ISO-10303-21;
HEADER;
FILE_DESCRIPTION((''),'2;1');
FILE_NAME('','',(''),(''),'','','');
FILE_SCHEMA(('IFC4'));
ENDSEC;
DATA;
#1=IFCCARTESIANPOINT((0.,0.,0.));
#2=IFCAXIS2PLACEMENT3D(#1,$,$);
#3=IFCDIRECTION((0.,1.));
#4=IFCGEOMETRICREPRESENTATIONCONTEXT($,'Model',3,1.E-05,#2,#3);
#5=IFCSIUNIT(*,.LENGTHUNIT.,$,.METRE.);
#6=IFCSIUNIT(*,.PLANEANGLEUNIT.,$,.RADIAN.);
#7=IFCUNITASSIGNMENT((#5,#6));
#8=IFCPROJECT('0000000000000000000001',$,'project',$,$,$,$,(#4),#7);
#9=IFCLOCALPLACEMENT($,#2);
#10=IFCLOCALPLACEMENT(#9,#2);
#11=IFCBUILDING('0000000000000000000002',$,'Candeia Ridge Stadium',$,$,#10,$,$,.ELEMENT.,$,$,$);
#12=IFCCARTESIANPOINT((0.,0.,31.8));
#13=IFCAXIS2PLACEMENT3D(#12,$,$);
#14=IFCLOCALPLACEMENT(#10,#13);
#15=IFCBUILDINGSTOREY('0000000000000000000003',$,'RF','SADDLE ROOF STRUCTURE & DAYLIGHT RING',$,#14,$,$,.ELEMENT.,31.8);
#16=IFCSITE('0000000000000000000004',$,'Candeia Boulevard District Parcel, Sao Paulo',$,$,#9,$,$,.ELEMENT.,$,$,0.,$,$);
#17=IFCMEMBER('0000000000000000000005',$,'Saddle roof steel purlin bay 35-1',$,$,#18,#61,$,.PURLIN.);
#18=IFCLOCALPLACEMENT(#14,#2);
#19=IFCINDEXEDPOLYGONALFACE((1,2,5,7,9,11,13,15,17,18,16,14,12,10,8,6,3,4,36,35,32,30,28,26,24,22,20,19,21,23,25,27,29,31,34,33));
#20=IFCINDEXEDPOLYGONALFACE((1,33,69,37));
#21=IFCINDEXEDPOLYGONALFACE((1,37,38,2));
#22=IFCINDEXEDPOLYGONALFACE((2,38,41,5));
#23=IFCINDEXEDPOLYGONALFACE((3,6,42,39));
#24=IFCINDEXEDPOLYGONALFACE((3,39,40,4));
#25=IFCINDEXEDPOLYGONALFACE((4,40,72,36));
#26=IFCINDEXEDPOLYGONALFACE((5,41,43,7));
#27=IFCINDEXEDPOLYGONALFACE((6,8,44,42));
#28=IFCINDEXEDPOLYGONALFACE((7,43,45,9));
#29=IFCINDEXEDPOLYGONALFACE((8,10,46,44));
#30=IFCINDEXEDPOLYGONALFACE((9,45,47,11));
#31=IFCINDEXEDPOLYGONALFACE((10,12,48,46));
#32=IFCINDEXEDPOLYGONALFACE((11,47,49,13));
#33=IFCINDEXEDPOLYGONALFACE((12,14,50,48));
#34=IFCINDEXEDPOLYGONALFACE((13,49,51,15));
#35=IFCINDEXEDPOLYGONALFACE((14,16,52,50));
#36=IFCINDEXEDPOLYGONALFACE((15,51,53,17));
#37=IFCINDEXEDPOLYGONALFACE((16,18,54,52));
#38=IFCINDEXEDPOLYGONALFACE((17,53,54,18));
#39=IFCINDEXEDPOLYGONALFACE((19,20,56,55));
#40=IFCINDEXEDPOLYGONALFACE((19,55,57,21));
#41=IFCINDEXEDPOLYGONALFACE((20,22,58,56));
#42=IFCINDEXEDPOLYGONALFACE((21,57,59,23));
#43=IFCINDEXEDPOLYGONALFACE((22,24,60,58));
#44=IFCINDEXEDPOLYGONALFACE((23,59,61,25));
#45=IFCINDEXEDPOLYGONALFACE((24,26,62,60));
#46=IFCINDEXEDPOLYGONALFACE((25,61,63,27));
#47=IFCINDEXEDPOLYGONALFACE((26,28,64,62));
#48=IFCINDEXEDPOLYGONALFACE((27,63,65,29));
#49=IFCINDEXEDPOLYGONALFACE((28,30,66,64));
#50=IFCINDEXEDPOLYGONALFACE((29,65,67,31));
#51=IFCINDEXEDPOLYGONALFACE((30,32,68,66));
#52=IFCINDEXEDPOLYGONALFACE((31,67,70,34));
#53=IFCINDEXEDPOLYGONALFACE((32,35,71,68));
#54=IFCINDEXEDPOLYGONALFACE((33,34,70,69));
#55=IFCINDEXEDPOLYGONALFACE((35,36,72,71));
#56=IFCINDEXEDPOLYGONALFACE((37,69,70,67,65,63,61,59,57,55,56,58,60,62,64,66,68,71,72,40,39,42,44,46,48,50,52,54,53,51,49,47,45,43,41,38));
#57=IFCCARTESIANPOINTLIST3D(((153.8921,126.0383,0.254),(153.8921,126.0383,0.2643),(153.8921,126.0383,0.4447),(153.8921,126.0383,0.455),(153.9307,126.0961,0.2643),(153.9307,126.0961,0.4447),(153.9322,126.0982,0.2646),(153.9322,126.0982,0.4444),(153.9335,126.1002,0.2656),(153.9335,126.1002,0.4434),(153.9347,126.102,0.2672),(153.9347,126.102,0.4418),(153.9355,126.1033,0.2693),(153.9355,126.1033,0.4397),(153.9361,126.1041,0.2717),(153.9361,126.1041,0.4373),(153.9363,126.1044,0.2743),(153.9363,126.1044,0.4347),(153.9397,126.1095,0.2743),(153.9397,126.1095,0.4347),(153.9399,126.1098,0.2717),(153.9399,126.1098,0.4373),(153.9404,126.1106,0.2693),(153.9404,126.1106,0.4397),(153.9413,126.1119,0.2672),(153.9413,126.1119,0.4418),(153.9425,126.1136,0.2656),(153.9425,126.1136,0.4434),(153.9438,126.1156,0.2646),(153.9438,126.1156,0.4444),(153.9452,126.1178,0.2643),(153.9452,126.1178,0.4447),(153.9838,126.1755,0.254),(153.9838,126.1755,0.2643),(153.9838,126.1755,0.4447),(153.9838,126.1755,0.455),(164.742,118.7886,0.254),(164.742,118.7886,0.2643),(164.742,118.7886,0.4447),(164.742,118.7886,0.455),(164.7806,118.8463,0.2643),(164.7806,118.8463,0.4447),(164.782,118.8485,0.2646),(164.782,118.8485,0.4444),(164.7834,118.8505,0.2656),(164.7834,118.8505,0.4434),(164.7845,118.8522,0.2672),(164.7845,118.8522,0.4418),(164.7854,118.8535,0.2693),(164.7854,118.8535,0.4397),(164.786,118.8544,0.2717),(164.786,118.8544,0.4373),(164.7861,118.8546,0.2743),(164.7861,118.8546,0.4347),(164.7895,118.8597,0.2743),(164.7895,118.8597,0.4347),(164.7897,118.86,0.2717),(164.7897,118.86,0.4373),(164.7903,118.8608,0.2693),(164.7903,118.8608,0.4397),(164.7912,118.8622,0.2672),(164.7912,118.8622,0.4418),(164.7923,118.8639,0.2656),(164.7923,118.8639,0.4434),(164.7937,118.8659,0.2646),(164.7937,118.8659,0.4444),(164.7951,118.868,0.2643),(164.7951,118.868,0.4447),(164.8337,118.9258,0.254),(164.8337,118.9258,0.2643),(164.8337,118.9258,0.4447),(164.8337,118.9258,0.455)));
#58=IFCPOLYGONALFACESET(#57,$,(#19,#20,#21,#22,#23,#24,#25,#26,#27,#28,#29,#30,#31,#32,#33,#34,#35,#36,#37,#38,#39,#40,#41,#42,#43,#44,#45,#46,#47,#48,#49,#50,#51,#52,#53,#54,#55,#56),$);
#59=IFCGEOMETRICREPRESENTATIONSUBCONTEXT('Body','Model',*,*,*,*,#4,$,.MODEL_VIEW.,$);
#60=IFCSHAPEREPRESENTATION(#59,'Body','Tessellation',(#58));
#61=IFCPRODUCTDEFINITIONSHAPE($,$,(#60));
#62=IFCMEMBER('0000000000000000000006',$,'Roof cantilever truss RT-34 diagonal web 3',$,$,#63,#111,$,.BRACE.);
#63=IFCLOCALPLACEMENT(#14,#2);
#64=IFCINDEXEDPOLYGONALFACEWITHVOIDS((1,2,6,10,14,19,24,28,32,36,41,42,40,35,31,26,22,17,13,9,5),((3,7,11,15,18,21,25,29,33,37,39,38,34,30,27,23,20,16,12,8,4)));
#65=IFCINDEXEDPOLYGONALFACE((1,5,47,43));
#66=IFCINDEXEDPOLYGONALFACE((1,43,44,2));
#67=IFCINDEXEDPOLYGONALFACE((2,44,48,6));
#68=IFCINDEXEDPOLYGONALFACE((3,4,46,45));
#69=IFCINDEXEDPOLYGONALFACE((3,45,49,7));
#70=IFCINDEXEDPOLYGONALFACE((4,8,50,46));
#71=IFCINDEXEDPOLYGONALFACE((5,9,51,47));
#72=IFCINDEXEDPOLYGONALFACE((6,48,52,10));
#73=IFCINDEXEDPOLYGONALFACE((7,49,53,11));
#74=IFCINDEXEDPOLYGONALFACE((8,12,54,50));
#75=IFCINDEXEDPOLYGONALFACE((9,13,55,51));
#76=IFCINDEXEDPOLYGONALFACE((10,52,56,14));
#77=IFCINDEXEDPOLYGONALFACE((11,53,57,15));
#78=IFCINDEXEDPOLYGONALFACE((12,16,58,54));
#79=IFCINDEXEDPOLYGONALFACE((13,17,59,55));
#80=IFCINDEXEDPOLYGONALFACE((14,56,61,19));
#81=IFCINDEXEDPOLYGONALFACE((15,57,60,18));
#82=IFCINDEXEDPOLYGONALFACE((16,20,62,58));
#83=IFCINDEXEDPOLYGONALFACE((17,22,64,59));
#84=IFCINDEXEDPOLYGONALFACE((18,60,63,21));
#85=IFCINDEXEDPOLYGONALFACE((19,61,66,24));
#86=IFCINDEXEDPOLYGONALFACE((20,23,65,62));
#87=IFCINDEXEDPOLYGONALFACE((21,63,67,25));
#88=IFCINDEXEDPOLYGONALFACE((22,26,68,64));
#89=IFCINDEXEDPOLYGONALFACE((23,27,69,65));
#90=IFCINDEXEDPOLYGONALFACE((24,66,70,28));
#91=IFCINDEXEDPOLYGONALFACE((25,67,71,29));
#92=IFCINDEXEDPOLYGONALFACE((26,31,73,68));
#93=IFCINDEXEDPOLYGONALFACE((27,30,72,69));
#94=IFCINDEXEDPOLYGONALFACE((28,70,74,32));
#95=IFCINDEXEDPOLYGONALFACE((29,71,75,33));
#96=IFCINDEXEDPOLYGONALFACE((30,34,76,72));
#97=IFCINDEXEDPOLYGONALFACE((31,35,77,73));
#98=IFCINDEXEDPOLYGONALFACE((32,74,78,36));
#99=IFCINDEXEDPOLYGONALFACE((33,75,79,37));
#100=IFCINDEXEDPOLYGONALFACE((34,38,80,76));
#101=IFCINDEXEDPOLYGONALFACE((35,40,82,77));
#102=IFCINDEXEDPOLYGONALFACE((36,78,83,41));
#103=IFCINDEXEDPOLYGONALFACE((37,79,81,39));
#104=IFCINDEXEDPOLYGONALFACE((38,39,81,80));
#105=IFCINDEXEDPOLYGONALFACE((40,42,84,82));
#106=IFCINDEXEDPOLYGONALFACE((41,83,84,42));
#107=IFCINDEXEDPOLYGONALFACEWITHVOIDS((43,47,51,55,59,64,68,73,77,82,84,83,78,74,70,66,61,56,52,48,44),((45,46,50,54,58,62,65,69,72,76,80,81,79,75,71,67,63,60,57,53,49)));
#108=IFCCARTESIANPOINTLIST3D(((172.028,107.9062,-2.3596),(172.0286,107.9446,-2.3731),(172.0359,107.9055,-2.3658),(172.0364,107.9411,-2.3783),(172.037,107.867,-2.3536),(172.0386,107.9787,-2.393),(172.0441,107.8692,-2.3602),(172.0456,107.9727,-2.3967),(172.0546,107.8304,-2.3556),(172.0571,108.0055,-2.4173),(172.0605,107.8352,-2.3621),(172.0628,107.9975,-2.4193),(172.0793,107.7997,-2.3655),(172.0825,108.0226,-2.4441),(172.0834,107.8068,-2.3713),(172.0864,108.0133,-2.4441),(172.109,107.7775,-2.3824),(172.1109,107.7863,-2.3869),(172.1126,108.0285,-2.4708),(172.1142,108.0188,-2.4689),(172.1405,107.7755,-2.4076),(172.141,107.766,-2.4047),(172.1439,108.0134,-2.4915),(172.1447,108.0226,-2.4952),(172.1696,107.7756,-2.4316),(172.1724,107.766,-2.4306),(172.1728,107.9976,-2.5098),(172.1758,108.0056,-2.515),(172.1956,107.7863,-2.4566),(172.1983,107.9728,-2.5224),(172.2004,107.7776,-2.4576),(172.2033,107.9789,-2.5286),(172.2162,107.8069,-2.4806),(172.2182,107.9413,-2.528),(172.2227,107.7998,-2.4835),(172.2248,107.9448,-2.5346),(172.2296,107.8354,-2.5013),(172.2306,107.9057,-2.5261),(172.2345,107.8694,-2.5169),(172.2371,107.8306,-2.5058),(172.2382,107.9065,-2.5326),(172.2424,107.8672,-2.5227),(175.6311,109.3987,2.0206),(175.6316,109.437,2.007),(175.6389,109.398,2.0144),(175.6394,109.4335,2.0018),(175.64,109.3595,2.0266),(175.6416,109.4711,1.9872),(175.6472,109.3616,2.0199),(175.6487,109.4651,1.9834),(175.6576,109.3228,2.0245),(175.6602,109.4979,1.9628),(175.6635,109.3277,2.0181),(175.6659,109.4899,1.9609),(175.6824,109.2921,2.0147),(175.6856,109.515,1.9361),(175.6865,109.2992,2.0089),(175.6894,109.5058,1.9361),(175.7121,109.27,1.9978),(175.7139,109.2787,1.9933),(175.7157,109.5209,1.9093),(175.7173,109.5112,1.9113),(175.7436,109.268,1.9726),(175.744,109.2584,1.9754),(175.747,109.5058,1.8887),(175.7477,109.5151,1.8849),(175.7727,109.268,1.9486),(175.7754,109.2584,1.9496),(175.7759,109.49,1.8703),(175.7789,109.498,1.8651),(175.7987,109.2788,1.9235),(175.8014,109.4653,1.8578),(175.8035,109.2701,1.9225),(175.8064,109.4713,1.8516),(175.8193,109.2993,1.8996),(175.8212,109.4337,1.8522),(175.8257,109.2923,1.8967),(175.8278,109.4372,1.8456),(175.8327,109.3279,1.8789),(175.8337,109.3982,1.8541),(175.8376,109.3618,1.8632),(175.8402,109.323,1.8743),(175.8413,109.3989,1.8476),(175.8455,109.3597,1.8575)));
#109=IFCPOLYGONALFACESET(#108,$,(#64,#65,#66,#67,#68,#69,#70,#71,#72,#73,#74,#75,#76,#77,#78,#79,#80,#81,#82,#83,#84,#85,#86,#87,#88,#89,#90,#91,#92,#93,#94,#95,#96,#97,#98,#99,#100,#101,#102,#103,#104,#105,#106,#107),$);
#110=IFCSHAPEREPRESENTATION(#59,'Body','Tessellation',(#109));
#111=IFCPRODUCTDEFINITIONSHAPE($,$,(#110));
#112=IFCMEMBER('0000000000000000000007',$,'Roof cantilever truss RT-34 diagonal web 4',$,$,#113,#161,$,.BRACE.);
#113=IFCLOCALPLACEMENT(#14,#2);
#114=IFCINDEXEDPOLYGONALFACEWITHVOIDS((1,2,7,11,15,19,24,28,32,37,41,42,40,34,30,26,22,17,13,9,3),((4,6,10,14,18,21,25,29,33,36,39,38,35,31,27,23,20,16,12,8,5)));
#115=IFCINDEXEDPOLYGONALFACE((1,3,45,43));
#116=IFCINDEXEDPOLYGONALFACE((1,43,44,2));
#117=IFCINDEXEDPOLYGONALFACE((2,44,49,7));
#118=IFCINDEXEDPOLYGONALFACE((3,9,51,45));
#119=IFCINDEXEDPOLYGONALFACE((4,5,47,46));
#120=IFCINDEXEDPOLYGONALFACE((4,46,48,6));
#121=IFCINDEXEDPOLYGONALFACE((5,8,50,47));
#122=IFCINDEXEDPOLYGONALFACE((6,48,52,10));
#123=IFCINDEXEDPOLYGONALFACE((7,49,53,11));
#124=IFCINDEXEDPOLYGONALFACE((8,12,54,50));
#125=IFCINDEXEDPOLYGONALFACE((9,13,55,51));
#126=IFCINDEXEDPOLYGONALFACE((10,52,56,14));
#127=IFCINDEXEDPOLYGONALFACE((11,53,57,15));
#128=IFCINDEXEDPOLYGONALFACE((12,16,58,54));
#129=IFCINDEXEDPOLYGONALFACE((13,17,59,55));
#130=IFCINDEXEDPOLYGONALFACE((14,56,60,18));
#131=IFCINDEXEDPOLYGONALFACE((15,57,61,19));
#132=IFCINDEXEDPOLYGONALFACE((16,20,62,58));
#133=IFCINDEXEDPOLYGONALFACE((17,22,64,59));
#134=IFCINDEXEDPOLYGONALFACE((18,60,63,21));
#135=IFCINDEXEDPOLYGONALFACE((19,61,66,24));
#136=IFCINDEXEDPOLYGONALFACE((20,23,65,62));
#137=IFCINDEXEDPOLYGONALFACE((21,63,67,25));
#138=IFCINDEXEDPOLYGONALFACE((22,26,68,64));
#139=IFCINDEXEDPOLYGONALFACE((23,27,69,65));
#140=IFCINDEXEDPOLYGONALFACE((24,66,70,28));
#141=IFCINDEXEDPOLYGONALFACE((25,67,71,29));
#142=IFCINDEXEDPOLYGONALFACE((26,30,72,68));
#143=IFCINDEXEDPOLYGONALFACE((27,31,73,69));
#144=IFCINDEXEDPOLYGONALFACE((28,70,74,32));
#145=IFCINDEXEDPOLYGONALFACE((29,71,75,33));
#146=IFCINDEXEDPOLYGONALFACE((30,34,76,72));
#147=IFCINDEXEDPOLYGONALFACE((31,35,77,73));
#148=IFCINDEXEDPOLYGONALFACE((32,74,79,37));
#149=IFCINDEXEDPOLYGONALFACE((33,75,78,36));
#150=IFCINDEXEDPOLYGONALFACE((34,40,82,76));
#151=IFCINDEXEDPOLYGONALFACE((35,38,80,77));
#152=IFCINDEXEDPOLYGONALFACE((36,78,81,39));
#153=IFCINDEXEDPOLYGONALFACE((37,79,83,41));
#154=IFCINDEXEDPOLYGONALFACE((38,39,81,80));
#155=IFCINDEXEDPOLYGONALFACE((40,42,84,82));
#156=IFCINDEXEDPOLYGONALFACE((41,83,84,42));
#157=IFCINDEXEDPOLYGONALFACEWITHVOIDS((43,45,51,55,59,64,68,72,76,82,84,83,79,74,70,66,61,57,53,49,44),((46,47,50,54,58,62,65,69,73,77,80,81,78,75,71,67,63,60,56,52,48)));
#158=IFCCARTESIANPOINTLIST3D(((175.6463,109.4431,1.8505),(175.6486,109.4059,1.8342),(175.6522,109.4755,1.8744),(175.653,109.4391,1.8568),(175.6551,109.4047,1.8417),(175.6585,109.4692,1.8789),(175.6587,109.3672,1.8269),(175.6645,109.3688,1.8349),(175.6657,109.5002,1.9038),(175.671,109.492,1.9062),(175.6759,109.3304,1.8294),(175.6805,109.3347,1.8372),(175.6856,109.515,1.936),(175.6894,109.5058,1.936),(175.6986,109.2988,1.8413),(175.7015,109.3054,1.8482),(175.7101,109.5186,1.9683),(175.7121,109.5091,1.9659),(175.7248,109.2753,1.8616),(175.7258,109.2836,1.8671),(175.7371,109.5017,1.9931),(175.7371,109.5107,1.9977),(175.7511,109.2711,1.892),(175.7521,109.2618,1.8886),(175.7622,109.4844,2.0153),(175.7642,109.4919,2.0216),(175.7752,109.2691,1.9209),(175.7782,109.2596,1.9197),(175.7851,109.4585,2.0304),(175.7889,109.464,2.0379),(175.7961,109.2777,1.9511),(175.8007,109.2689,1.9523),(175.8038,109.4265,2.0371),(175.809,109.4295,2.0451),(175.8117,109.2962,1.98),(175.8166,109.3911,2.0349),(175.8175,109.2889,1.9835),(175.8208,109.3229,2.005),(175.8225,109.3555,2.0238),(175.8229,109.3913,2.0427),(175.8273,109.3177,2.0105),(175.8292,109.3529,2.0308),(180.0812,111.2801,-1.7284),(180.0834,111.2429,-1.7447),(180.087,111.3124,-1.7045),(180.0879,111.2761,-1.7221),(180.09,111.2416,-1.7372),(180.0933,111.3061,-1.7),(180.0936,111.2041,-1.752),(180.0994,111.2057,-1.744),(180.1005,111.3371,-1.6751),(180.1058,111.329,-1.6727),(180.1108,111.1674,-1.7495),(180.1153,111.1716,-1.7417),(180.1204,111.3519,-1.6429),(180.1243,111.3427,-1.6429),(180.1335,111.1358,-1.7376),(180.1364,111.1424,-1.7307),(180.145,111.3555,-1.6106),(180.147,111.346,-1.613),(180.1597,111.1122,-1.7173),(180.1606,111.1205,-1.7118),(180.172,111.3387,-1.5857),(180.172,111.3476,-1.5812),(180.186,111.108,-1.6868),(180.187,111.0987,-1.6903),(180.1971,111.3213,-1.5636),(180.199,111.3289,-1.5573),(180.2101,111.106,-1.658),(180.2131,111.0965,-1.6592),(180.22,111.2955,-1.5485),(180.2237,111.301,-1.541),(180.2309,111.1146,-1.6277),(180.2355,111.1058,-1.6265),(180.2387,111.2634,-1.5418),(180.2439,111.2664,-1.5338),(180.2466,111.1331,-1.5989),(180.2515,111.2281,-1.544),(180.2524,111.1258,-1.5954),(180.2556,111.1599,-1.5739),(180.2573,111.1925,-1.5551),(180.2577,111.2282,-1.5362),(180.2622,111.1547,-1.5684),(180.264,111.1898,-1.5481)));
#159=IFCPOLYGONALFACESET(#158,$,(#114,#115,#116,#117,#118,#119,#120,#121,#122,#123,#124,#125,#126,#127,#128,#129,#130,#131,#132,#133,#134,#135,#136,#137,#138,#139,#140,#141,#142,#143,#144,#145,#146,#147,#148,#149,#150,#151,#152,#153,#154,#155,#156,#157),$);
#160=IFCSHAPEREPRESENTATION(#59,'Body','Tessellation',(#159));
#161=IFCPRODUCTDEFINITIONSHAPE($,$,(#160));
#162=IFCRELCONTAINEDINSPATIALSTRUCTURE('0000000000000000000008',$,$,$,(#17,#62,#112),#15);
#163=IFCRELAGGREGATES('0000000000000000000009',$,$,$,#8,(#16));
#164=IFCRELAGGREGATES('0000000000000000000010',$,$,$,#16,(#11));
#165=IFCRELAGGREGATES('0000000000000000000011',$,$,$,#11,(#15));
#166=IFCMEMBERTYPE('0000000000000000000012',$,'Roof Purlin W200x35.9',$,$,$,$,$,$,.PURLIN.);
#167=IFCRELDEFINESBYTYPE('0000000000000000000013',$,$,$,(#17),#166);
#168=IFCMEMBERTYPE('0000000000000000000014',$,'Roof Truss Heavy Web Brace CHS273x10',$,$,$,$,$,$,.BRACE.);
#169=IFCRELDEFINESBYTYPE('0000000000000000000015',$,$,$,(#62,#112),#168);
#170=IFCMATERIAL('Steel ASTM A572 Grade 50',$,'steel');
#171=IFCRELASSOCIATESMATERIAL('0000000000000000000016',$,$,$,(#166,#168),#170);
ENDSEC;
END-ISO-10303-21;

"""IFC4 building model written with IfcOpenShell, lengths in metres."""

from ifc_helpers import new_model, si_unit, direction, frame, origin, origin_2d, place, context, subcontext, project, spatial, hollow_circle, i_section, extrude, material, material_profile, profile_set, type_object, element, save


model = new_model("IFC4")

# Units and contexts
model_context = context("Model", 3, precision=1e-05, world=origin(), true_north=direction((0.0, 1.0)))
body_context = subcontext(model_context, "Body", "Model", "MODEL_VIEW")
ifc_project = project(units=[si_unit("LENGTHUNIT", "METRE"), si_unit("PLANEANGLEUNIT", "RADIAN")], contexts=[model_context])

# Site, building, storey
site_placement = place(None, origin())
site = spatial("IfcSite", under=ifc_project, at=site_placement, Name="Candeia Boulevard District Parcel, Sao Paulo", CompositionType="ELEMENT", RefElevation=0.0)
building_placement = place(site_placement, origin())
building = spatial("IfcBuilding", under=site, at=building_placement, Name="Candeia Ridge Stadium", CompositionType="ELEMENT")
storey_placement = place(building_placement, frame((0.0, 0.0, 31.8)))
storey = spatial("IfcBuildingStorey", under=building, at=storey_placement, Name="RF", Description="SADDLE ROOF STRUCTURE & DAYLIGHT RING", CompositionType="ELEMENT", Elevation=31.8)

# Shared definitions
ifc_material_1 = material(Name="Steel ASTM A572 Grade 50", Category="steel")

# Members
ifc_material_profile_1 = material_profile(ifc_material_1, i_section(OverallWidth=0.165, OverallDepth=0.2009, WebThickness=0.0061, FlangeThickness=0.0103, FilletRadius=0.01, at=origin_2d()), Name="W200x35.9", Category="steel")
ifc_profile_set_1 = profile_set([ifc_material_profile_1], Name="Steel ASTM A572 Grade 50")
member_type_1 = type_object("IfcMemberType", Name="Roof Purlin W200x35.9", PredefinedType="PURLIN", material=ifc_profile_set_1)
member_1_placement = place(storey_placement, frame((164.7878, 118.8572, 0.3545), z_axis=(-0.831466, 0.555576, 0.0), x_axis=(-0.555576, -0.831466, 0.0)))
element("IfcMember", 1, at=member_1_placement, inside=storey, type_object=member_type_1, Name="Saddle roof steel purlin bay 35-1", PredefinedType="PURLIN", context=body_context, shape_type="SweptSolid", body=[
    extrude(i_section(OverallWidth=0.165, OverallDepth=0.2009, WebThickness=0.0061, FlangeThickness=0.0103, FilletRadius=0.01, at=origin_2d()), origin(), (0.0, 0.0, 1.0), 13.0491),
])
ifc_material_profile_2 = material_profile(ifc_material_1, hollow_circle(Radius=0.1365, WallThickness=0.01, at=origin_2d()), Name="CHS273x10", Category="steel")
ifc_profile_set_2 = profile_set([ifc_material_profile_2], Name="Steel ASTM A572 Grade 50")
member_type_2 = type_object("IfcMemberType", Name="Roof Truss Heavy Web Brace CHS273x10", PredefinedType="BRACE", material=ifc_profile_set_2)
member_2_placement = place(storey_placement, frame((172.1348, 107.8965, -2.4441), z_axis=(0.614359, 0.254477, 0.746863), x_axis=(-0.382685, 0.923879, 0.0)))
element("IfcMember", 2, at=member_2_placement, inside=storey, type_object=member_type_2, Name="Roof cantilever truss RT-34 diagonal web 3", PredefinedType="BRACE", context=body_context, shape_type="SweptSolid", body=[
    extrude(hollow_circle(Radius=0.1365, WallThickness=0.01, at=origin_2d()), origin(), (0.0, 0.0, 1.0), 5.8647),
])
member_3_placement = place(storey_placement, frame((175.7378, 109.3889, 1.936), z_axis=(0.74068, 0.306792, -0.597722), x_axis=(-0.382675, 0.923883, 0.0)))
element("IfcMember", 3, at=member_3_placement, inside=storey, type_object=member_type_2, Name="Roof cantilever truss RT-34 diagonal web 4", PredefinedType="BRACE", context=body_context, shape_type="SweptSolid", body=[
    extrude(hollow_circle(Radius=0.1365, WallThickness=0.01, at=origin_2d()), origin(), (0.0, 0.0, 1.0), 5.9875),
])

save(model, "model.ifc")
